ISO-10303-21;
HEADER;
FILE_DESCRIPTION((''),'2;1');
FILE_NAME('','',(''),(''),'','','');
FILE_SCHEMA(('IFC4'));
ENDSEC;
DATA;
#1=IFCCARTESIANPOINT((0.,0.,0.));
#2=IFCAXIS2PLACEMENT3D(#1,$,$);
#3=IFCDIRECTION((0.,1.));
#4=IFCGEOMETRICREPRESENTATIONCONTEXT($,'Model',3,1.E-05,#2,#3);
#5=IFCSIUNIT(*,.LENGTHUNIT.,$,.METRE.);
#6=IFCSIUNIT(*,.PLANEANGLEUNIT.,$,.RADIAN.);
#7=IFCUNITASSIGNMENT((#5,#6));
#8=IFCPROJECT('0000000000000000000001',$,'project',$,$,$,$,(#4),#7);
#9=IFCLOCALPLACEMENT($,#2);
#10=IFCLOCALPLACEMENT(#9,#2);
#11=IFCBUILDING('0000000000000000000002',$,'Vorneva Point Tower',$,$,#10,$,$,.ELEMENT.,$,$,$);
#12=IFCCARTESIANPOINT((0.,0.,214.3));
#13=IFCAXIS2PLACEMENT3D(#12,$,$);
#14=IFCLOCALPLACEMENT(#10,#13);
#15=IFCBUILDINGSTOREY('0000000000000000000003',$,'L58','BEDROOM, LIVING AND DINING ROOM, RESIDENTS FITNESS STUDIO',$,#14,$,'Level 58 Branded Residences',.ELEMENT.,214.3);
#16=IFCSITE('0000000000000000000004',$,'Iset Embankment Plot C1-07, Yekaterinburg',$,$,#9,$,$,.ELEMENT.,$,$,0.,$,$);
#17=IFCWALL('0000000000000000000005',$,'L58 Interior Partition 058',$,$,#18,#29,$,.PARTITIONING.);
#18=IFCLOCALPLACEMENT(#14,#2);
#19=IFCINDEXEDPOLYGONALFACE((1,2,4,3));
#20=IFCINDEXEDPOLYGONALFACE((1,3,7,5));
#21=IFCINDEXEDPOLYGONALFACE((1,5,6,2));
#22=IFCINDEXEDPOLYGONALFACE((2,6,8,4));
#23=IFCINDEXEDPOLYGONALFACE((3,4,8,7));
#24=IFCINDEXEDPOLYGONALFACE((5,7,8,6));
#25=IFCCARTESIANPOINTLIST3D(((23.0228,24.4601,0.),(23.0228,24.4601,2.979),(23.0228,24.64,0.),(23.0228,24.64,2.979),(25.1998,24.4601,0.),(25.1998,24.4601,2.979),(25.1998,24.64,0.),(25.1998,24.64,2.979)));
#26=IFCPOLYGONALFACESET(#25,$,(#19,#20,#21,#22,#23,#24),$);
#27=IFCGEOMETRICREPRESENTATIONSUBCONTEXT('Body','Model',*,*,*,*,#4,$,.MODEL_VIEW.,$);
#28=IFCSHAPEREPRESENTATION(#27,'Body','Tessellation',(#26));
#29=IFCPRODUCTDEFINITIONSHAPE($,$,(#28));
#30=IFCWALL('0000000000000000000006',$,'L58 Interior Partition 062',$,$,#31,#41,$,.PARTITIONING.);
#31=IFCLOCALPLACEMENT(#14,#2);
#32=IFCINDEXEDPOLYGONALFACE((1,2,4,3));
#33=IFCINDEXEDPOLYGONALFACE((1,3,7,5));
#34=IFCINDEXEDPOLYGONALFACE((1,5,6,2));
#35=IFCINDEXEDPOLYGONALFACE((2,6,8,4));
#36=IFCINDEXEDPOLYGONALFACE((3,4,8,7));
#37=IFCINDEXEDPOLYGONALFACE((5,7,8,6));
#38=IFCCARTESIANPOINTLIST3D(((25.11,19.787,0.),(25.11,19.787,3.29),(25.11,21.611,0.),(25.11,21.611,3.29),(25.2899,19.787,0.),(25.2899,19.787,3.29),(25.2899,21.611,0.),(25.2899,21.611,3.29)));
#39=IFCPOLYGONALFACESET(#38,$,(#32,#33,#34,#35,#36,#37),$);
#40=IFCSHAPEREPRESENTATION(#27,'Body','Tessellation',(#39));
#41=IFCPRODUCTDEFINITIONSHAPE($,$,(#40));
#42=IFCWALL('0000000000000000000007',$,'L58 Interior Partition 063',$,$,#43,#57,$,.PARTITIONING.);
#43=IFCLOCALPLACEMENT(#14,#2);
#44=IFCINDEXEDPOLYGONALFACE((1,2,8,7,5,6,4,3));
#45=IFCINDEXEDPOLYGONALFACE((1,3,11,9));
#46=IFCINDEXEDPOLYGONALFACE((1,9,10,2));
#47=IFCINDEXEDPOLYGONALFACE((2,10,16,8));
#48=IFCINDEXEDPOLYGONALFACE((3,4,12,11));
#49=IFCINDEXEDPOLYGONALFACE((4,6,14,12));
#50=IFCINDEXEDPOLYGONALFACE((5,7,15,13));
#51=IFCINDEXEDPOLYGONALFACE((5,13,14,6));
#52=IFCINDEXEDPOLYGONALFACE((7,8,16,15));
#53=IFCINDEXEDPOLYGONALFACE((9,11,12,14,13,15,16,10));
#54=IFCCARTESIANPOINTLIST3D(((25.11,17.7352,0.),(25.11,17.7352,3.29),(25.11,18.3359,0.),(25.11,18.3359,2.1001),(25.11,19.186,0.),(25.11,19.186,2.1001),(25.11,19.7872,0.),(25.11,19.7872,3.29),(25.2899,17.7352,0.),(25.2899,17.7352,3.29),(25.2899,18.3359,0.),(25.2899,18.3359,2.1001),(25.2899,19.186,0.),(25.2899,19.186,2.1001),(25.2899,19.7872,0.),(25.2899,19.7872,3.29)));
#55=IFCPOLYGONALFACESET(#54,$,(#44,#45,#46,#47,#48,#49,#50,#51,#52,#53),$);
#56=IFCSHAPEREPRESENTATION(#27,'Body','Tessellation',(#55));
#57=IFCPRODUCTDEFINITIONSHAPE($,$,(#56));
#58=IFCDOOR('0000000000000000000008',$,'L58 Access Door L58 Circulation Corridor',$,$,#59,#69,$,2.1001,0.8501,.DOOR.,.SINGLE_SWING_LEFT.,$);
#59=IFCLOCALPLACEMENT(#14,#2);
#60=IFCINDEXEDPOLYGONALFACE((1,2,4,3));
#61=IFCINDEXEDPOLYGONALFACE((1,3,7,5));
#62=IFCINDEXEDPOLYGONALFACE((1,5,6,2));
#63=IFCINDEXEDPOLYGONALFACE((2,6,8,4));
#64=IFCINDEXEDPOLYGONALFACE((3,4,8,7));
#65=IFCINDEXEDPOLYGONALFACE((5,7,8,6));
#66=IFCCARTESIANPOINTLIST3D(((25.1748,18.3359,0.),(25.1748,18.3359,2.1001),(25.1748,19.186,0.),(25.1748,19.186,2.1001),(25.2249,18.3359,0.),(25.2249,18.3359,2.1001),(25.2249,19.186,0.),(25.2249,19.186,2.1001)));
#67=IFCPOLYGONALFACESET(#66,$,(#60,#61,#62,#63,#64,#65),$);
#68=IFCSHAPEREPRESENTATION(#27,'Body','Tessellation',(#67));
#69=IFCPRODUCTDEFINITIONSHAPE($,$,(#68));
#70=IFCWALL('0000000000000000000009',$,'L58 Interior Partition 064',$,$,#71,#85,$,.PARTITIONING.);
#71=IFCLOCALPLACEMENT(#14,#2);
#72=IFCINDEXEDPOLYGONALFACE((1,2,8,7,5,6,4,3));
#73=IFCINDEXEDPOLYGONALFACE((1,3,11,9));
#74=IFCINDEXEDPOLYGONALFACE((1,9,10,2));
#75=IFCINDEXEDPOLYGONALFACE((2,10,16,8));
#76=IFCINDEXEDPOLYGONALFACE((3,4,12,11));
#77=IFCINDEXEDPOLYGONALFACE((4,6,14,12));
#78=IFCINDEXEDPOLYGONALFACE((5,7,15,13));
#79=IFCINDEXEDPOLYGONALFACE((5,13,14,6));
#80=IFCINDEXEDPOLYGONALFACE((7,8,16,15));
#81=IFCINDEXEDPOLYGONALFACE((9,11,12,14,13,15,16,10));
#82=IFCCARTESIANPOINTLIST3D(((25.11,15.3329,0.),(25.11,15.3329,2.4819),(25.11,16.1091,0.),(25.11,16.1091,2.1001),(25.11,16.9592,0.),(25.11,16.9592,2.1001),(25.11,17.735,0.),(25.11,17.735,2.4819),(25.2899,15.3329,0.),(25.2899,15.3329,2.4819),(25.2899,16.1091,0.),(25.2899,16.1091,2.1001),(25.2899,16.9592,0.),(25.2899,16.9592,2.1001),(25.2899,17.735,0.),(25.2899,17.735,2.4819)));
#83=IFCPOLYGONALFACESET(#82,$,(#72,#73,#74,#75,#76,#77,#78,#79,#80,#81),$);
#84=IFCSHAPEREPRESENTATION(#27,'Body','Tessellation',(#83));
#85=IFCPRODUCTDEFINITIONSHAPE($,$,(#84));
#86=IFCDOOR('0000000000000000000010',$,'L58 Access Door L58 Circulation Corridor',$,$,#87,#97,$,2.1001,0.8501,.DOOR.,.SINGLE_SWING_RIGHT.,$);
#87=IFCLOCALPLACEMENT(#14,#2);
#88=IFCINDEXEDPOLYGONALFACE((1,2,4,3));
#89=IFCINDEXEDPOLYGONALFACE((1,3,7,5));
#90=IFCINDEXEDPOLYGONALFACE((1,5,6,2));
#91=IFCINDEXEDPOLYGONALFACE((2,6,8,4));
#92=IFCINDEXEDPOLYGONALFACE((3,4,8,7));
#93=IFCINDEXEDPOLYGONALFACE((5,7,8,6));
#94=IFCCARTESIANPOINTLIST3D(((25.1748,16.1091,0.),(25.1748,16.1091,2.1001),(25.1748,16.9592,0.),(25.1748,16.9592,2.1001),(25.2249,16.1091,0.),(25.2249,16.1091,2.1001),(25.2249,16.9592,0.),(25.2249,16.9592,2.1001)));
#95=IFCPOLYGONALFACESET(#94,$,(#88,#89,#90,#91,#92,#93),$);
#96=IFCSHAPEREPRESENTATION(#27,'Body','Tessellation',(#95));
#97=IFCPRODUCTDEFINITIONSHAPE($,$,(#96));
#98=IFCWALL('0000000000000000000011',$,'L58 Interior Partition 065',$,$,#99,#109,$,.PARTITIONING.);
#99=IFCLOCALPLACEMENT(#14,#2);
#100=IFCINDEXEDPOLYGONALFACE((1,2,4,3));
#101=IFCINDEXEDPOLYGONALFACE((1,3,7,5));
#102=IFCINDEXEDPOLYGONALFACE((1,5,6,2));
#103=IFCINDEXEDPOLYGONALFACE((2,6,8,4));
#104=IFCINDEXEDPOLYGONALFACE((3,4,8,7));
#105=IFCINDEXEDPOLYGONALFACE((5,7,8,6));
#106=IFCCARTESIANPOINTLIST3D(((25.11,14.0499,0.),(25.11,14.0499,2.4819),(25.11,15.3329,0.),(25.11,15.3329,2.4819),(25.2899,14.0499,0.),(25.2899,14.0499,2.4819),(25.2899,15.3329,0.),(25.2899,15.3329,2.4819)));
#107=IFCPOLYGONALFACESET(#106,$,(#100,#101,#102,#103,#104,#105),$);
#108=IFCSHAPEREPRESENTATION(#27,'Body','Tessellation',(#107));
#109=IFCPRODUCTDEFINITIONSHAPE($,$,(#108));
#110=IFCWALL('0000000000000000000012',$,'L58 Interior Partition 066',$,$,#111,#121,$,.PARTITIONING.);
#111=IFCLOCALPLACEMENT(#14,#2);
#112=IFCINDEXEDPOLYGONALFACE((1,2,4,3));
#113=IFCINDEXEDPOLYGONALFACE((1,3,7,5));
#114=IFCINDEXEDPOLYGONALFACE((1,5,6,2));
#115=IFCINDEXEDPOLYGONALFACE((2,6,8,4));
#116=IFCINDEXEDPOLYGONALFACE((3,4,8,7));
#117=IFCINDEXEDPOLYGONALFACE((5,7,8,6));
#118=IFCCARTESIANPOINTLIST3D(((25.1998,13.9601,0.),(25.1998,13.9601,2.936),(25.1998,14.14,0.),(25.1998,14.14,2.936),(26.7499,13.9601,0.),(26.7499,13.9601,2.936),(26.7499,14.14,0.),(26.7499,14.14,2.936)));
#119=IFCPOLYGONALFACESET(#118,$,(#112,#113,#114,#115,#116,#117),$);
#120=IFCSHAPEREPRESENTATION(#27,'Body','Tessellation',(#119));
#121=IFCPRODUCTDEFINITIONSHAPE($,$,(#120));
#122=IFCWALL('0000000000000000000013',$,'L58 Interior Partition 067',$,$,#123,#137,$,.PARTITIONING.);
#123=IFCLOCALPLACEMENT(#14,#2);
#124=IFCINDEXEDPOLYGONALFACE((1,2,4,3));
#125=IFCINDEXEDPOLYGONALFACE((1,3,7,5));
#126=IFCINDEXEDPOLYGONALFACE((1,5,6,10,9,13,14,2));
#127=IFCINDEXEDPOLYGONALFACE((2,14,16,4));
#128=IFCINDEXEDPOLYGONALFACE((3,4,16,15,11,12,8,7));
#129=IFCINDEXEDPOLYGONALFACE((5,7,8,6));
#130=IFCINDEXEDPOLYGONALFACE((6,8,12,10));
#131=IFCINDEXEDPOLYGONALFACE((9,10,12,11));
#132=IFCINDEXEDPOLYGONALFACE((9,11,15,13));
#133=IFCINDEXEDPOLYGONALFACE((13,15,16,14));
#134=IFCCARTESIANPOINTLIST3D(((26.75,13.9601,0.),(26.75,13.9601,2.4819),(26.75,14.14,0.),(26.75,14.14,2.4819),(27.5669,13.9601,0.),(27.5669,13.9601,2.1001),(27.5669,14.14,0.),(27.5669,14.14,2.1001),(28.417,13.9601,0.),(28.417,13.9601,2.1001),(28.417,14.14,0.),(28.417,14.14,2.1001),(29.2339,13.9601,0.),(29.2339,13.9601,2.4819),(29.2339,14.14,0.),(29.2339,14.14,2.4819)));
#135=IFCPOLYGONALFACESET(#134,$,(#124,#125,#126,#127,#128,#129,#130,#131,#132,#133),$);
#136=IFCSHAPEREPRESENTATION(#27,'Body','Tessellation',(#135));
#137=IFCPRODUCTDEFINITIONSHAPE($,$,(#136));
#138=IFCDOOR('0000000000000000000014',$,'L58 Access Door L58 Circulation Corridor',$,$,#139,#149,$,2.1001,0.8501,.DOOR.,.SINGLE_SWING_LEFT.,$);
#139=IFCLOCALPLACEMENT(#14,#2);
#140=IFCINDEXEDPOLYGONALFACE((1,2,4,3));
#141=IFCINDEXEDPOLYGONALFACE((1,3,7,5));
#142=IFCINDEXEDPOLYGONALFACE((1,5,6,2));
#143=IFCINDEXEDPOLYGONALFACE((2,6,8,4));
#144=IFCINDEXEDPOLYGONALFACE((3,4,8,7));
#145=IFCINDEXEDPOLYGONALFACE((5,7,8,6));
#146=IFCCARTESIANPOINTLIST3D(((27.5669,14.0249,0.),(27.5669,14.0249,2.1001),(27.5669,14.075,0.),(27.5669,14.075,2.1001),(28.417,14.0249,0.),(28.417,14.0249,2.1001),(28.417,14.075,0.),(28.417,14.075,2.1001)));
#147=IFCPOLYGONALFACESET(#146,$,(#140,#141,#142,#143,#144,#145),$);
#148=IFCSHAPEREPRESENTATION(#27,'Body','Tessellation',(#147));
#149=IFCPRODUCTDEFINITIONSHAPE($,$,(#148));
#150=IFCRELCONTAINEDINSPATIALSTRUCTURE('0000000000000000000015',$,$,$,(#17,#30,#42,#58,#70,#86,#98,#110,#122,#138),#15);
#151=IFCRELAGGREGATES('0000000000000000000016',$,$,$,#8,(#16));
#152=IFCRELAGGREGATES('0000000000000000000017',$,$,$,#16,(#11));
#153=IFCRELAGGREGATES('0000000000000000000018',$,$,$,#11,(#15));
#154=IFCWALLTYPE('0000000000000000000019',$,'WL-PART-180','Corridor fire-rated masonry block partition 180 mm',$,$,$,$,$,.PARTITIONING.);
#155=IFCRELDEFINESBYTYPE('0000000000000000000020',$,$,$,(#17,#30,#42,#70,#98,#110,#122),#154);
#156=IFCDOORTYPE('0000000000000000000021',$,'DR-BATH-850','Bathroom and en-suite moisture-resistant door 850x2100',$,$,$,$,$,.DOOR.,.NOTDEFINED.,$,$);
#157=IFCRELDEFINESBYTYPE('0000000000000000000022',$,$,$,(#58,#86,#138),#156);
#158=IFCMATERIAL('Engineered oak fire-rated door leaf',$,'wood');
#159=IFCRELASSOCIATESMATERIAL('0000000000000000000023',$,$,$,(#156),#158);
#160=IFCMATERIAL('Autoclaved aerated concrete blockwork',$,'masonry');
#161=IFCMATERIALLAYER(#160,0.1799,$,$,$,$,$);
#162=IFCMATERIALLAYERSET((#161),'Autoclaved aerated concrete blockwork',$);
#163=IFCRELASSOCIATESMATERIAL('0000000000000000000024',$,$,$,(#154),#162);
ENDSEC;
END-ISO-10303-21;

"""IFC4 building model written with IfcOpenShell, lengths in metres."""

from ifc_helpers import new_model, si_unit, direction, frame, frame_2d, origin, place, context, subcontext, project, spatial, rectangle, extrude, material, layer, layer_set, type_object, element, fill, save


model = new_model("IFC4")

# Units and contexts
model_context = context("Model", 3, precision=1e-05, world=origin(), true_north=direction((0.0, 1.0)))
body_context = subcontext(model_context, "Body", "Model", "MODEL_VIEW")
ifc_project = project(units=[si_unit("LENGTHUNIT", "METRE"), si_unit("PLANEANGLEUNIT", "RADIAN")], contexts=[model_context])

# Site, building, storey
site_placement = place(None, origin())
site = spatial("IfcSite", under=ifc_project, at=site_placement, Name="Iset Embankment Plot C1-07, Yekaterinburg", CompositionType="ELEMENT", RefElevation=0.0)
building_placement = place(site_placement, origin())
building = spatial("IfcBuilding", under=site, at=building_placement, Name="Vorneva Point Tower", CompositionType="ELEMENT")
storey_placement = place(building_placement, frame((0.0, 0.0, 214.3)))
storey = spatial("IfcBuildingStorey", under=building, at=storey_placement, Name="L58", Description="BEDROOM, LIVING AND DINING ROOM, RESIDENTS FITNESS STUDIO", LongName="Level 58 Branded Residences", CompositionType="ELEMENT", Elevation=214.3)

# Shared definitions
ifc_material_1 = material(Name="Engineered oak fire-rated door leaf", Category="wood")
door_type_1 = type_object("IfcDoorType", Name="DR-BATH-850", Description="Bathroom and en-suite moisture-resistant door 850x2100", OperationType="NOTDEFINED", PredefinedType="DOOR", material=ifc_material_1)

# Wall
ifc_material_2 = material(Name="Autoclaved aerated concrete blockwork", Category="masonry")
ifc_layer_1 = layer(ifc_material_2, 0.1799)
ifc_layer_set_1 = layer_set([ifc_layer_1], Name="Autoclaved aerated concrete blockwork")
wall_type_1 = type_object("IfcWallType", Name="WL-PART-180", Description="Corridor fire-rated masonry block partition 180 mm", PredefinedType="PARTITIONING", material=ifc_layer_set_1)
wall_1_placement = place(storey_placement, frame((23.0229, 24.55, 0.0), z_axis=(0.0, 0.0, 1.0), x_axis=(1.0, 0.0, 0.0)))
element("IfcWall", 1, at=wall_1_placement, inside=storey, type_object=wall_type_1, Name="L58 Interior Partition 058", PredefinedType="PARTITIONING", context=body_context, shape_type="SweptSolid", body=[
    extrude(rectangle(XDim=2.177, YDim=0.1799, at=frame_2d((1.0884, 0.0))), origin(), (0.0, 0.0, 1.0), 2.979),
])

# Wall
wall_2_placement = place(storey_placement, frame((25.2, 21.6111, 0.0), z_axis=(0.0, 0.0, 1.0), x_axis=(0.0, -1.0, 0.0)))
element("IfcWall", 2, at=wall_2_placement, inside=storey, type_object=wall_type_1, Name="L58 Interior Partition 062", PredefinedType="PARTITIONING", context=body_context, shape_type="SweptSolid", body=[
    extrude(rectangle(XDim=1.824, YDim=0.1799, at=frame_2d((0.9121, 0.0))), origin(), (0.0, 0.0, 1.0), 3.29),
])

# Walls, openings, doors
wall_3_placement = place(storey_placement, frame((25.2, 19.7871, 0.0), z_axis=(0.0, 0.0, 1.0), x_axis=(0.0, -1.0, 0.0)))
wall_3 = element("IfcWall", 3, at=wall_3_placement, inside=storey, type_object=wall_type_1, Name="L58 Interior Partition 063", PredefinedType="PARTITIONING", context=body_context, shape_type="SweptSolid", body=[
    extrude(rectangle(XDim=2.052, YDim=0.1799, at=frame_2d((1.0259, 0.0))), origin(), (0.0, 0.0, 1.0), 3.29),
])
opening_1_placement = place(wall_3_placement, frame((0.6011, 0.0, 0.0)))
opening_1 = element("IfcOpeningElement", 4, at=opening_1_placement, cuts=wall_3, PredefinedType="OPENING", context=body_context, shape_type="SweptSolid", body=[
    extrude(rectangle(XDim=0.8501, YDim=2.1001, at=frame_2d((0.425, 1.05))), frame((0.0, 0.105, 0.0), z_axis=(0.0, -1.0, 0.0), x_axis=(1.0, 0.0, 0.0)), (0.0, 0.0, 1.0), 0.2097),
])
door_1_placement = place(opening_1_placement, origin())
door_1 = element("IfcDoor", 5, at=door_1_placement, inside=storey, type_object=door_type_1, Name="L58 Access Door L58 Circulation Corridor", OperationType="SINGLE_SWING_LEFT", OverallHeight=2.1001, OverallWidth=0.8501, PredefinedType="DOOR", context=body_context, shape_type="SweptSolid", body=[
    extrude(rectangle(XDim=0.8501, YDim=2.1001, at=frame_2d((0.425, 1.05))), frame((0.0, 0.0249, 0.0), z_axis=(0.0, -1.0, 0.0), x_axis=(1.0, 0.0, 0.0)), (0.0, 0.0, 1.0), 0.05),
])
fill(opening_1, door_1)
wall_4_placement = place(storey_placement, frame((25.2, 17.7351, 0.0), z_axis=(0.0, 0.0, 1.0), x_axis=(0.0, -1.0, 0.0)))
wall_4 = element("IfcWall", 6, at=wall_4_placement, inside=storey, type_object=wall_type_1, Name="L58 Interior Partition 064", PredefinedType="PARTITIONING", context=body_context, shape_type="SweptSolid", body=[
    extrude(rectangle(XDim=2.4021, YDim=0.1799, at=frame_2d((1.2012, 0.0))), origin(), (0.0, 0.0, 1.0), 2.4819),
])
opening_2_placement = place(wall_4_placement, frame((0.7759, 0.0, 0.0)))
opening_2 = element("IfcOpeningElement", 7, at=opening_2_placement, cuts=wall_4, PredefinedType="OPENING", context=body_context, shape_type="SweptSolid", body=[
    extrude(rectangle(XDim=0.8501, YDim=2.1001, at=frame_2d((0.425, 1.05))), frame((0.0, 0.105, 0.0), z_axis=(0.0, -1.0, 0.0), x_axis=(1.0, 0.0, 0.0)), (0.0, 0.0, 1.0), 0.2097),
])
door_2_placement = place(opening_2_placement, origin())
door_2 = element("IfcDoor", 8, at=door_2_placement, inside=storey, type_object=door_type_1, Name="L58 Access Door L58 Circulation Corridor", OperationType="SINGLE_SWING_RIGHT", OverallHeight=2.1001, OverallWidth=0.8501, PredefinedType="DOOR", context=body_context, shape_type="SweptSolid", body=[
    extrude(rectangle(XDim=0.8501, YDim=2.1001, at=frame_2d((0.425, 1.05))), frame((0.0, 0.0249, 0.0), z_axis=(0.0, -1.0, 0.0), x_axis=(1.0, 0.0, 0.0)), (0.0, 0.0, 1.0), 0.05),
])
fill(opening_2, door_2)

# Walls
wall_5_placement = place(storey_placement, frame((25.2, 15.333, 0.0), z_axis=(0.0, 0.0, 1.0), x_axis=(0.0, -1.0, 0.0)))
element("IfcWall", 9, at=wall_5_placement, inside=storey, type_object=wall_type_1, Name="L58 Interior Partition 065", PredefinedType="PARTITIONING", context=body_context, shape_type="SweptSolid", body=[
    extrude(rectangle(XDim=1.283, YDim=0.1799, at=frame_2d((0.6416, 0.0))), origin(), (0.0, 0.0, 1.0), 2.4819),
])
wall_6_placement = place(storey_placement, frame((25.2, 14.05, 0.0), z_axis=(0.0, 0.0, 1.0), x_axis=(1.0, 0.0, 0.0)))
element("IfcWall", 10, at=wall_6_placement, inside=storey, type_object=wall_type_1, Name="L58 Interior Partition 066", PredefinedType="PARTITIONING", context=body_context, shape_type="SweptSolid", body=[
    extrude(rectangle(XDim=1.55, YDim=0.1799, at=frame_2d((0.7749, 0.0))), origin(), (0.0, 0.0, 1.0), 2.936),
])

# Wall, opening, door
wall_7_placement = place(storey_placement, frame((26.75, 14.05, 0.0), z_axis=(0.0, 0.0, 1.0), x_axis=(1.0, 0.0, 0.0)))
wall_7 = element("IfcWall", 11, at=wall_7_placement, inside=storey, type_object=wall_type_1, Name="L58 Interior Partition 067", PredefinedType="PARTITIONING", context=body_context, shape_type="SweptSolid", body=[
    extrude(rectangle(XDim=2.4839, YDim=0.1799, at=frame_2d((1.2419, 0.0))), origin(), (0.0, 0.0, 1.0), 2.4819),
])
opening_3_placement = place(wall_7_placement, frame((0.8169, 0.0, 0.0)))
opening_3 = element("IfcOpeningElement", 12, at=opening_3_placement, cuts=wall_7, PredefinedType="OPENING", context=body_context, shape_type="SweptSolid", body=[
    extrude(rectangle(XDim=0.8501, YDim=2.1001, at=frame_2d((0.425, 1.05))), frame((0.0, 0.105, 0.0), z_axis=(0.0, -1.0, 0.0), x_axis=(1.0, 0.0, 0.0)), (0.0, 0.0, 1.0), 0.2097),
])
door_3_placement = place(opening_3_placement, origin())
door_3 = element("IfcDoor", 13, at=door_3_placement, inside=storey, type_object=door_type_1, Name="L58 Access Door L58 Circulation Corridor", OperationType="SINGLE_SWING_LEFT", OverallHeight=2.1001, OverallWidth=0.8501, PredefinedType="DOOR", context=body_context, shape_type="SweptSolid", body=[
    extrude(rectangle(XDim=0.8501, YDim=2.1001, at=frame_2d((0.425, 1.05))), frame((0.0, 0.0249, 0.0), z_axis=(0.0, -1.0, 0.0), x_axis=(1.0, 0.0, 0.0)), (0.0, 0.0, 1.0), 0.05),
])
fill(opening_3, door_3)

save(model, "model.ifc")
